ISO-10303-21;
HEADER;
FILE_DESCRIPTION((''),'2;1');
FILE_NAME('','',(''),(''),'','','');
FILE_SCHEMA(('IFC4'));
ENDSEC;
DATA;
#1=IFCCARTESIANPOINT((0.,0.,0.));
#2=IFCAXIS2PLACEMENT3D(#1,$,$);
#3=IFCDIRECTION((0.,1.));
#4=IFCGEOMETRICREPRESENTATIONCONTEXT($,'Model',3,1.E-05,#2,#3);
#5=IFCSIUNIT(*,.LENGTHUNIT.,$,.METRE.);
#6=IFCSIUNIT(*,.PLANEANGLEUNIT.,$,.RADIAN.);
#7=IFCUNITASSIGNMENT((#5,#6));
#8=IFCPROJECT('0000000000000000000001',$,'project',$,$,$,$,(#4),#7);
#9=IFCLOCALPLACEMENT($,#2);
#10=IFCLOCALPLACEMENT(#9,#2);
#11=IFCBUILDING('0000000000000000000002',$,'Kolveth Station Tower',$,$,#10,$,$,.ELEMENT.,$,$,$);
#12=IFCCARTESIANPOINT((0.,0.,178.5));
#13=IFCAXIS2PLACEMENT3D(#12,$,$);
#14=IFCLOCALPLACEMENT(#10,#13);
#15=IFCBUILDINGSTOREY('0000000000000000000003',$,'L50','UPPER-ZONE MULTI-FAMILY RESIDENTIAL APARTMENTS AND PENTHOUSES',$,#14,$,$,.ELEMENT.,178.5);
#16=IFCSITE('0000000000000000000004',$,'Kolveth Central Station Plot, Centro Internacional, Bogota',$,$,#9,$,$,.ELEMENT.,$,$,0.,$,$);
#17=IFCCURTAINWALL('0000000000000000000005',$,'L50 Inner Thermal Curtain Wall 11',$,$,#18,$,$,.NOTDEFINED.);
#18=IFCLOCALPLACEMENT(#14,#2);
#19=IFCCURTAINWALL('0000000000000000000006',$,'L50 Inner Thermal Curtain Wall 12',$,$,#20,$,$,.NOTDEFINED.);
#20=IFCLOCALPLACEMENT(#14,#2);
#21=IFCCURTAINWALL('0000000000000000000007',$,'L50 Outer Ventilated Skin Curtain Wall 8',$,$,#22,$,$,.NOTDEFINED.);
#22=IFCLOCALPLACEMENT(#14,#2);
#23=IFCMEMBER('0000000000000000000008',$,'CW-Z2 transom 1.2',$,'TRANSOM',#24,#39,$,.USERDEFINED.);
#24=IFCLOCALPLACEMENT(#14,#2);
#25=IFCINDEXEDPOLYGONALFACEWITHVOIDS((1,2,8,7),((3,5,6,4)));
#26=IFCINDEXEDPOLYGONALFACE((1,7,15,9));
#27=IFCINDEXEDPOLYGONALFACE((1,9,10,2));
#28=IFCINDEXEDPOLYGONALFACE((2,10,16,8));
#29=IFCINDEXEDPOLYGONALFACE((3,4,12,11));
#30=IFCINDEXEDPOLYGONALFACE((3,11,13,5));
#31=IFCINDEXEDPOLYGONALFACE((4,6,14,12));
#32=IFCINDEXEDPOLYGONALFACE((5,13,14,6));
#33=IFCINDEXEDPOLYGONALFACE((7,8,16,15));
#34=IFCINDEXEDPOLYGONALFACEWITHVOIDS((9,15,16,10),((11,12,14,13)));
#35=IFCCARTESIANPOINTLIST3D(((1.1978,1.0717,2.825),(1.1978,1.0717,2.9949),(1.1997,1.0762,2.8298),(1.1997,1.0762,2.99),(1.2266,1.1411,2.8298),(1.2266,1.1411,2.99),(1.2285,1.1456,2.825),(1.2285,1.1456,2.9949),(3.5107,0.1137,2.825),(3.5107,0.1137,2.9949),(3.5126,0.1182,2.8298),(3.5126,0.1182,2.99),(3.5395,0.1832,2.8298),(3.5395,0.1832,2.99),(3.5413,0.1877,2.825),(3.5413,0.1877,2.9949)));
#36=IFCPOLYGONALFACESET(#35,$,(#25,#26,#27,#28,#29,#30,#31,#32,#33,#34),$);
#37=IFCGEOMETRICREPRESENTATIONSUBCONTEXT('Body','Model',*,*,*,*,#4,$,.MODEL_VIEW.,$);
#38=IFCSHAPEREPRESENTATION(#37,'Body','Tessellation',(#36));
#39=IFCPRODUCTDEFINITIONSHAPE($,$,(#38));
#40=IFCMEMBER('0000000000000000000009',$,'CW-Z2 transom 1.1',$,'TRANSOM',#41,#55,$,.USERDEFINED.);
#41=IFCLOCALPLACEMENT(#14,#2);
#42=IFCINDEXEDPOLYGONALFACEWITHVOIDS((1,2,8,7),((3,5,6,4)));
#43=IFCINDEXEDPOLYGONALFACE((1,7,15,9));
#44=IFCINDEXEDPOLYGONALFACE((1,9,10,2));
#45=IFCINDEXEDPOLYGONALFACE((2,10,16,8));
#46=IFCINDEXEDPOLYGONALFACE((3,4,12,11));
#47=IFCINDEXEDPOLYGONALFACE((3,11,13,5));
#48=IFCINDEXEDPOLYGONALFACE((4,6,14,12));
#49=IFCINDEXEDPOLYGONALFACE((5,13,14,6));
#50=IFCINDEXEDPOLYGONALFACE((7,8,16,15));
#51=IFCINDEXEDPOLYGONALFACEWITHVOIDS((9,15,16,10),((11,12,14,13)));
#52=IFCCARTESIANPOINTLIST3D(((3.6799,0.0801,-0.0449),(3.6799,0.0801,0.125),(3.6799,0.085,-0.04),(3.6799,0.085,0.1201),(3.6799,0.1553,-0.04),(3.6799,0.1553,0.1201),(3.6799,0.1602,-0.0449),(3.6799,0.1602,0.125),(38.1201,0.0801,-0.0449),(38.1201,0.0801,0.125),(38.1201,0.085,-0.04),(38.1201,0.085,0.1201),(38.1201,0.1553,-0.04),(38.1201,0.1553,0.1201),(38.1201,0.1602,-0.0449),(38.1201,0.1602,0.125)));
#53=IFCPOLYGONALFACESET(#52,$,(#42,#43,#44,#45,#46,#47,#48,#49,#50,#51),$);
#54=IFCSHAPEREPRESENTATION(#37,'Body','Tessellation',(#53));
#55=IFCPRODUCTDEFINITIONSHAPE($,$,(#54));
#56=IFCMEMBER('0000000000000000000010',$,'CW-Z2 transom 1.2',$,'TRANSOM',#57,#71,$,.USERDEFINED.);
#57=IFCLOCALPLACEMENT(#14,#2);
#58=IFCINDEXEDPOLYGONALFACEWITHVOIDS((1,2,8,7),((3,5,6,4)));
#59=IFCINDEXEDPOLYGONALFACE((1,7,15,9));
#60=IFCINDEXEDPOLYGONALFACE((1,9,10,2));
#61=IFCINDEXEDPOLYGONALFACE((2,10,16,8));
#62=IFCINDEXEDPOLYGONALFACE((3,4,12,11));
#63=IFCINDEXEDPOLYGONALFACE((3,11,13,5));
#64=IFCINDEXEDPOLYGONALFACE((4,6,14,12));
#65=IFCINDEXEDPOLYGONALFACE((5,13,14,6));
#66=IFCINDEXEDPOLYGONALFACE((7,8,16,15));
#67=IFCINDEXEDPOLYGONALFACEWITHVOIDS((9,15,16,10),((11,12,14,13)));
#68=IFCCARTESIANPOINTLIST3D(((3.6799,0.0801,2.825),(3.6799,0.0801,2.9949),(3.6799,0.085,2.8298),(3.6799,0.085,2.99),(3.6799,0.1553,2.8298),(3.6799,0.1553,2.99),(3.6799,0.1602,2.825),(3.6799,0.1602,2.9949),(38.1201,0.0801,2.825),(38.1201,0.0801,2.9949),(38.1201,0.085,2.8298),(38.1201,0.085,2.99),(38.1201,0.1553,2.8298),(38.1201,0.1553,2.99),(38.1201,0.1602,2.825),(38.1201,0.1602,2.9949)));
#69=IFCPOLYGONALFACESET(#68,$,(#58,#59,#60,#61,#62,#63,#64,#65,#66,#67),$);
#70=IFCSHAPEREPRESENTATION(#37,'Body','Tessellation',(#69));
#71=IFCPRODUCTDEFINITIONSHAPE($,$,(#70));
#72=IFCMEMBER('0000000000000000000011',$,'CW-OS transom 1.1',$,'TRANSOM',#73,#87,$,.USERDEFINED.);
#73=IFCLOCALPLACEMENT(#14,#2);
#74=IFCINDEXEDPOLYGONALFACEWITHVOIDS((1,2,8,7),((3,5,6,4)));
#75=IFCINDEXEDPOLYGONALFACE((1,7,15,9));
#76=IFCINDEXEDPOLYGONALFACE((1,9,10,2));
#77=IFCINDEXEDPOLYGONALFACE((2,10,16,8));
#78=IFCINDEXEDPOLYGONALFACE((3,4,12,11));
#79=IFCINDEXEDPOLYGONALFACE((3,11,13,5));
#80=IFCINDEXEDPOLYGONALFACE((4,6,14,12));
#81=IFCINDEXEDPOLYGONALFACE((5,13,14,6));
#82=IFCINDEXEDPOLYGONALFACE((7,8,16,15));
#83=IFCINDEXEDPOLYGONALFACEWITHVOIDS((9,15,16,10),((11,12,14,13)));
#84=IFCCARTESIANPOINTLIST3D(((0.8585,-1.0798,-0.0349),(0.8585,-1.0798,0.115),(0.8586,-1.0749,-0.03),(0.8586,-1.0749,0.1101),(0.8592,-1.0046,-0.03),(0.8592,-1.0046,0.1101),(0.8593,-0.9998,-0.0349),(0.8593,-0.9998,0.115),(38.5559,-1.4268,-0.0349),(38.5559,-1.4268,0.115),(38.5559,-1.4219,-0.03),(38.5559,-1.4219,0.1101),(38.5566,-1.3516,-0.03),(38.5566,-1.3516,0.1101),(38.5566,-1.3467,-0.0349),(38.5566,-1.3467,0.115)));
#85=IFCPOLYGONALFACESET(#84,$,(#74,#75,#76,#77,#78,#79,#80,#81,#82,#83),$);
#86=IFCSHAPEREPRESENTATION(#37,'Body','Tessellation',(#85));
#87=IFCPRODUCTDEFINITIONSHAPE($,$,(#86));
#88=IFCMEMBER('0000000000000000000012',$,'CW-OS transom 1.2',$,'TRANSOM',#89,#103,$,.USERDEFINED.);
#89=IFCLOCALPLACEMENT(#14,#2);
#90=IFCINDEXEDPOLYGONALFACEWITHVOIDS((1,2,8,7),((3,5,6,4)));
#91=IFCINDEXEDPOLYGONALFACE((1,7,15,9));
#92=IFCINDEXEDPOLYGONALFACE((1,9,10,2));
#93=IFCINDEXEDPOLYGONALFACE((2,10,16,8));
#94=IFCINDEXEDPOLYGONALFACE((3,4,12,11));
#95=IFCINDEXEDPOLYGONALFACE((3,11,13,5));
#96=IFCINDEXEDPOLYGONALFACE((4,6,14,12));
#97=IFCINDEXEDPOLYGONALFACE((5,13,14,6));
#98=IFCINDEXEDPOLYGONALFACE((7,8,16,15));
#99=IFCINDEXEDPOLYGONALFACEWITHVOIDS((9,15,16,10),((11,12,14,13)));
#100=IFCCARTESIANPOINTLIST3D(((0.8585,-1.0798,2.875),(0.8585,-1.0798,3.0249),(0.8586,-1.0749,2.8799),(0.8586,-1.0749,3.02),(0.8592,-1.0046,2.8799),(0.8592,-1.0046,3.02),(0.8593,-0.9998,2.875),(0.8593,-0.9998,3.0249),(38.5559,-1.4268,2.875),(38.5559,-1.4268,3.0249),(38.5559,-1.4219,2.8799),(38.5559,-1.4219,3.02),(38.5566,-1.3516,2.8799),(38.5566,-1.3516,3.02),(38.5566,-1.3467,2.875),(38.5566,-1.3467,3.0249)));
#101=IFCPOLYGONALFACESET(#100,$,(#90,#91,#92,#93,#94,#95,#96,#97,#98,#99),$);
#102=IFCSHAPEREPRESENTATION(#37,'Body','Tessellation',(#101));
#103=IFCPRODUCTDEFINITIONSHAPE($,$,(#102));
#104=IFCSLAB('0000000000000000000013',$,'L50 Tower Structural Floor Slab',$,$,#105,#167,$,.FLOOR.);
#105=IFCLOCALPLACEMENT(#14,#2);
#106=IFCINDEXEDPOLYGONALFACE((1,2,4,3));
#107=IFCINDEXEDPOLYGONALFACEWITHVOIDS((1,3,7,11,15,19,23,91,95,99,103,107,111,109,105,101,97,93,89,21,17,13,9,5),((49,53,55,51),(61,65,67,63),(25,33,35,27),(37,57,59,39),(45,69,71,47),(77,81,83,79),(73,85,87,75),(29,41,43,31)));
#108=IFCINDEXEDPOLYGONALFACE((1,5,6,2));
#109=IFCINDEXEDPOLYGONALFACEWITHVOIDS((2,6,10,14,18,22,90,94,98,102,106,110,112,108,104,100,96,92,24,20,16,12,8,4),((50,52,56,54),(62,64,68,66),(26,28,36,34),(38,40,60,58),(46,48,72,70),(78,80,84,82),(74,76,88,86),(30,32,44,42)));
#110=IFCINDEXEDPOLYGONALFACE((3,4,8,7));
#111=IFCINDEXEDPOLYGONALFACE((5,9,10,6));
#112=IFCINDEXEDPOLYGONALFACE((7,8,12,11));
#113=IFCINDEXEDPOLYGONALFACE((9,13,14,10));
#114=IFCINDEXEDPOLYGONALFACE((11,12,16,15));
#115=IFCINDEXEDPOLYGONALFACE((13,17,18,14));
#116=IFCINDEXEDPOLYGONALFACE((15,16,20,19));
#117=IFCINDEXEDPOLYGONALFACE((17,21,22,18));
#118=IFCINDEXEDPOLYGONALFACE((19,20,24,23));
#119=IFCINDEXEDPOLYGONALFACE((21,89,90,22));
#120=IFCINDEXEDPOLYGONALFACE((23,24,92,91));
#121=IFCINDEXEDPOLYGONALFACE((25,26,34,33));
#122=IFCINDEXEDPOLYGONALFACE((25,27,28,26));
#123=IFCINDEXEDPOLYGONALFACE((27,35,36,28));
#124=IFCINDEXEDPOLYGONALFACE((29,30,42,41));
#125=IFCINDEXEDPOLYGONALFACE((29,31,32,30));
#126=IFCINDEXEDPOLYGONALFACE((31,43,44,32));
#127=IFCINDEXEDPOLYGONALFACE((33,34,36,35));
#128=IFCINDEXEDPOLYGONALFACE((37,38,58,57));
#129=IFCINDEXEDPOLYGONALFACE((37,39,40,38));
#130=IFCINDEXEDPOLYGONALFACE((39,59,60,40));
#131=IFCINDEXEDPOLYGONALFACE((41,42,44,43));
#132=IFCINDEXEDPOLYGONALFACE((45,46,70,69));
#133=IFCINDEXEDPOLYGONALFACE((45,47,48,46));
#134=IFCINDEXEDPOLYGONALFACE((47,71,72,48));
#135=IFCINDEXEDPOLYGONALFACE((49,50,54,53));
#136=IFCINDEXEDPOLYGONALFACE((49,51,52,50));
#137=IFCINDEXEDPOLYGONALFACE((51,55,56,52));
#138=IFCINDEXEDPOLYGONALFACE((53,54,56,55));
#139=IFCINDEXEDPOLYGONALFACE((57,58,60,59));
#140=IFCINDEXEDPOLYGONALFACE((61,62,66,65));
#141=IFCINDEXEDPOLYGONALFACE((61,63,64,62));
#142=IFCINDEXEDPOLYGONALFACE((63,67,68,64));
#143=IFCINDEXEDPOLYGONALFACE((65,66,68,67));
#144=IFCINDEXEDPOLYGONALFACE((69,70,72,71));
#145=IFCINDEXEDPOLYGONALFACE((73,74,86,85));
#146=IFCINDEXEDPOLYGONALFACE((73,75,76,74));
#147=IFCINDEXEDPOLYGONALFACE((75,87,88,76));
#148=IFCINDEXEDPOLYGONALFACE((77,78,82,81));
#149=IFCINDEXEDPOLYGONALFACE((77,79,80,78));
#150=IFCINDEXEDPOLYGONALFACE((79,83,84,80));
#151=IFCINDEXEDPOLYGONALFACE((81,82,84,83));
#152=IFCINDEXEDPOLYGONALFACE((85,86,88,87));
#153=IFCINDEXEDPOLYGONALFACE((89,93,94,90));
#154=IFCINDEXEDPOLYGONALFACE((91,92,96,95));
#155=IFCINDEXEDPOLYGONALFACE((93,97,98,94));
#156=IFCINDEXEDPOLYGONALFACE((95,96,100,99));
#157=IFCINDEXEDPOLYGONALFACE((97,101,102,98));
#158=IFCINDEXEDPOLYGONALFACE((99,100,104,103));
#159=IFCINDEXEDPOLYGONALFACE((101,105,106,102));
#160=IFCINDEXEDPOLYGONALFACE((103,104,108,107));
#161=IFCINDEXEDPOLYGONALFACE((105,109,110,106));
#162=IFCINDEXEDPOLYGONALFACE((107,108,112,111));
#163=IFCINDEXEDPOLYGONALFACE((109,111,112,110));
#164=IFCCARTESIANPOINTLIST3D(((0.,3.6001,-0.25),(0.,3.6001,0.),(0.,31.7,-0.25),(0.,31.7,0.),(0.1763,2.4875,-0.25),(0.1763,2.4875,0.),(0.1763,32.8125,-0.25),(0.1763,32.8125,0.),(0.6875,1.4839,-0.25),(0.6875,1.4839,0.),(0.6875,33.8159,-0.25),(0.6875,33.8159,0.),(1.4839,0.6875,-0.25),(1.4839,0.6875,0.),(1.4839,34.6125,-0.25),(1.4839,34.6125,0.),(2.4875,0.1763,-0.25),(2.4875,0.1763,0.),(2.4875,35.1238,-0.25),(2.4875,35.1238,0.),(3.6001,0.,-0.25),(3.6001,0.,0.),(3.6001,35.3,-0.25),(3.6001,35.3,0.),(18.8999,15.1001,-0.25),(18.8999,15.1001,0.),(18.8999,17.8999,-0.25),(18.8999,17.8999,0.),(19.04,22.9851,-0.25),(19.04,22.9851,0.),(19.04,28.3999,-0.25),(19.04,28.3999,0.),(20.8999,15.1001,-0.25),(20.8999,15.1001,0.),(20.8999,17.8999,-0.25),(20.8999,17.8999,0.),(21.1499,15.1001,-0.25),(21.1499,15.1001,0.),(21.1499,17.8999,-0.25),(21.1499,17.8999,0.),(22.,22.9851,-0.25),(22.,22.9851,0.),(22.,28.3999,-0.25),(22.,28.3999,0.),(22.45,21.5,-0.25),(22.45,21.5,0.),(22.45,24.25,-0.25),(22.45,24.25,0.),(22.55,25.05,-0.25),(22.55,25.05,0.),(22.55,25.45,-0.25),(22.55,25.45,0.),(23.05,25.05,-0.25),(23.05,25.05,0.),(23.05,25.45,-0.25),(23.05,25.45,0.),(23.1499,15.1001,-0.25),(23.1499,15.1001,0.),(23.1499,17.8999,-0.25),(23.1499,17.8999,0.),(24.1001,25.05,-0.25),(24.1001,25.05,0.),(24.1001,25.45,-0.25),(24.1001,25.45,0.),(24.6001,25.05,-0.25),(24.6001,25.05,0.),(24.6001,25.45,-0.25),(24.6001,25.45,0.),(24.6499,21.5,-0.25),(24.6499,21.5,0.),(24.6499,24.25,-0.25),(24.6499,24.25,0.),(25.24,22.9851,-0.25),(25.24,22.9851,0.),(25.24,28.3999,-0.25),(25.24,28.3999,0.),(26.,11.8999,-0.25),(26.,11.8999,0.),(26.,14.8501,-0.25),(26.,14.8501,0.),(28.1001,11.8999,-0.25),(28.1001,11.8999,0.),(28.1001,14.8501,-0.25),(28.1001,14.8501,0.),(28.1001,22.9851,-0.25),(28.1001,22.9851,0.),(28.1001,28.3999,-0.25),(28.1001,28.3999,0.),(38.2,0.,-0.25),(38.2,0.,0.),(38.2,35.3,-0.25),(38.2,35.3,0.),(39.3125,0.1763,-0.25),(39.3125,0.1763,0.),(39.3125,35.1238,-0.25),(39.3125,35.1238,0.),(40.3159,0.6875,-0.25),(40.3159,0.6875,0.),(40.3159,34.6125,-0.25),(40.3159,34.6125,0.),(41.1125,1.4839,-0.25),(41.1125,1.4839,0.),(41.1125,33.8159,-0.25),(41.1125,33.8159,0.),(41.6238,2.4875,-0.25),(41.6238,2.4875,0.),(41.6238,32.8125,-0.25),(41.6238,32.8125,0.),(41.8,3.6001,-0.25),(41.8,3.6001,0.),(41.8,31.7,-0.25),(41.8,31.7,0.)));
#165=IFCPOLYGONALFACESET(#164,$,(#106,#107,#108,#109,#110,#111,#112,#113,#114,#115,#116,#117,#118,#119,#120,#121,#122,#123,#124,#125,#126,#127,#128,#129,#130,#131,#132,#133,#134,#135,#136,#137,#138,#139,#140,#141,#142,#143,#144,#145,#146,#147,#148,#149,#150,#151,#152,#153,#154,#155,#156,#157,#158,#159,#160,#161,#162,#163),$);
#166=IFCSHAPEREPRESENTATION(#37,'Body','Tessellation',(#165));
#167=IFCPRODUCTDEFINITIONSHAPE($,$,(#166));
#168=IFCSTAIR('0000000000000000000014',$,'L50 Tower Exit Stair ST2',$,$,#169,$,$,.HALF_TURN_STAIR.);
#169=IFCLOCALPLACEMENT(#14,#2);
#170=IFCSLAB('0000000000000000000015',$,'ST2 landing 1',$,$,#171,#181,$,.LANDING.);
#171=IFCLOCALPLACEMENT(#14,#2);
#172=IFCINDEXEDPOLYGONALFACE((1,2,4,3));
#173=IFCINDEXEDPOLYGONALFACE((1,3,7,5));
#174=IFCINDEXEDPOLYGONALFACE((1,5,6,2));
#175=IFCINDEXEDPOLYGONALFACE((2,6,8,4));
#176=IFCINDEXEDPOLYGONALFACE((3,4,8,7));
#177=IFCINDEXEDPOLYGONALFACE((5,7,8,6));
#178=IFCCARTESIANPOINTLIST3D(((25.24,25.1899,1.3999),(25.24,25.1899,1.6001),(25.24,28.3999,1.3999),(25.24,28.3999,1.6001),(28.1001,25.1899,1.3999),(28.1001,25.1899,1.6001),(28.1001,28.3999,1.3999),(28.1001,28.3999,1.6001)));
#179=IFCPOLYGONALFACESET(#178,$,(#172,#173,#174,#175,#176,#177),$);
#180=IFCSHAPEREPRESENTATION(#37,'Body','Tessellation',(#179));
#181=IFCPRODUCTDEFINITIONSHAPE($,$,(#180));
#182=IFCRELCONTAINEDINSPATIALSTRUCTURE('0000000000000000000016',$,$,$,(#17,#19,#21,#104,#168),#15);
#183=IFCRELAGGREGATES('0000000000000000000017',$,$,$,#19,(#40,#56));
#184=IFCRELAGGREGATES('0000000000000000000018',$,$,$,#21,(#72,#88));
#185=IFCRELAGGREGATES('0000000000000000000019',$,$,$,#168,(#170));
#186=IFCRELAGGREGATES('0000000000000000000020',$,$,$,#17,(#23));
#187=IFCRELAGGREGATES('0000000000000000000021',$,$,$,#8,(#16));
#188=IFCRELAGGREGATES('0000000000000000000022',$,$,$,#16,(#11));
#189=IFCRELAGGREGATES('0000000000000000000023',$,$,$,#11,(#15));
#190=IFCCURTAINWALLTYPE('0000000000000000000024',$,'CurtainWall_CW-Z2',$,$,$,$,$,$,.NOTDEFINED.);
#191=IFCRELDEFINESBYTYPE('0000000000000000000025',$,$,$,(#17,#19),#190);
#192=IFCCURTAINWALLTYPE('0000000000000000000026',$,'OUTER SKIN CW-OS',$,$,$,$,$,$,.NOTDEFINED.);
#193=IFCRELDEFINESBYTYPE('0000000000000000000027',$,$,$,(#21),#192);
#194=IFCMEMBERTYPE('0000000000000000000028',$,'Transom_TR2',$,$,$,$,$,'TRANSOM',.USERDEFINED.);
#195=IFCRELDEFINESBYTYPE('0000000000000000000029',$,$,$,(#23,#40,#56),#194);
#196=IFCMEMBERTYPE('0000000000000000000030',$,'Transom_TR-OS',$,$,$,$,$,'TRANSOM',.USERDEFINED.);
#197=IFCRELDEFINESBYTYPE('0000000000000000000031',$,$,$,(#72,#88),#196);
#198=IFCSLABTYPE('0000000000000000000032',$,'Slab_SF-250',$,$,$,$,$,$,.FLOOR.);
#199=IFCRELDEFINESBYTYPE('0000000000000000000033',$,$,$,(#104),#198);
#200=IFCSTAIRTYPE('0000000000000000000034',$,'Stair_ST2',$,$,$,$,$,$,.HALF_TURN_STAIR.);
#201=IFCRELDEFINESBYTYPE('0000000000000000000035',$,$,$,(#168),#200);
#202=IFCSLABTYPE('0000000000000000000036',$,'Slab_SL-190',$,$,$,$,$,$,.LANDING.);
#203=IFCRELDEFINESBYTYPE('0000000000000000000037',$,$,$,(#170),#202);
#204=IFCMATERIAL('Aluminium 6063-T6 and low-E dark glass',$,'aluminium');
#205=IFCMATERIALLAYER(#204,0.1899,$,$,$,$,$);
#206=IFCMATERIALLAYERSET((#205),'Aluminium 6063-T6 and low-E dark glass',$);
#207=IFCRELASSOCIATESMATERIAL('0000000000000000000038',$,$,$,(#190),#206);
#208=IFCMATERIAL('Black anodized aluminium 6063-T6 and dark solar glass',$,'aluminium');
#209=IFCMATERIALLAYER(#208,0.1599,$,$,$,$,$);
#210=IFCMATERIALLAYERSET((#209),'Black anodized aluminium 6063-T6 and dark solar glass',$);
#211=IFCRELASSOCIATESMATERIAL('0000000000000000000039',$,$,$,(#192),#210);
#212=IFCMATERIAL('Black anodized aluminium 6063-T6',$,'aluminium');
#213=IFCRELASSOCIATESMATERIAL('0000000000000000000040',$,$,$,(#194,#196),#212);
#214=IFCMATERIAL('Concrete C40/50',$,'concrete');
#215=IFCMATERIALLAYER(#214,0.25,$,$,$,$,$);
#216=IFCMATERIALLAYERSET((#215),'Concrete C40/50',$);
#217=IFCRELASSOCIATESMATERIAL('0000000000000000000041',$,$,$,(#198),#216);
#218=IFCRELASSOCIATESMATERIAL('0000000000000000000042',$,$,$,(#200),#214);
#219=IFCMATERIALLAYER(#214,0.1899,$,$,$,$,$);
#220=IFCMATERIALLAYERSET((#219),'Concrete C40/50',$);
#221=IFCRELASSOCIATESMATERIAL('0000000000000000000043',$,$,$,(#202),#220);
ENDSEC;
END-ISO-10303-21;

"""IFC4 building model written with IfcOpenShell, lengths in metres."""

from ifc_helpers import new_model, si_unit, direction, frame, origin, origin_2d, place, context, subcontext, project, spatial, polyline, hollow_rectangle, outline, extrude, source, transform, mapped, material, layer, layer_set, material_profile, profile_set, type_object, element, aggregate, save


model = new_model("IFC4")

# Units and contexts
model_context = context("Model", 3, precision=1e-05, world=origin(), true_north=direction((0.0, 1.0)))
body_context = subcontext(model_context, "Body", "Model", "MODEL_VIEW")
ifc_project = project(units=[si_unit("LENGTHUNIT", "METRE"), si_unit("PLANEANGLEUNIT", "RADIAN")], contexts=[model_context])

# Site, building, storey
site_placement = place(None, origin())
site = spatial("IfcSite", under=ifc_project, at=site_placement, Name="Kolveth Central Station Plot, Centro Internacional, Bogota", CompositionType="ELEMENT", RefElevation=0.0)
building_placement = place(site_placement, origin())
building = spatial("IfcBuilding", under=site, at=building_placement, Name="Kolveth Station Tower", CompositionType="ELEMENT")
storey_placement = place(building_placement, frame((0.0, 0.0, 178.5)))
storey = spatial("IfcBuildingStorey", under=building, at=storey_placement, Name="L50", Description="UPPER-ZONE MULTI-FAMILY RESIDENTIAL APARTMENTS AND PENTHOUSES", CompositionType="ELEMENT", Elevation=178.5)

# Shared definitions
ifc_material_1 = material(Name="Aluminium 6063-T6 and low-E dark glass", Category="aluminium")
ifc_layer_1 = layer(ifc_material_1, 0.1899)
ifc_layer_set_1 = layer_set([ifc_layer_1], Name="Aluminium 6063-T6 and low-E dark glass")
curtain_wall_type_1 = type_object("IfcCurtainWallType", Name="CurtainWall_CW-Z2", PredefinedType="NOTDEFINED", material=ifc_layer_set_1)
ifc_material_2 = material(Name="Black anodized aluminium 6063-T6", Category="aluminium")

# Curtain wall
curtain_wall_1_placement = place(storey_placement, origin())
curtain_wall_1 = element("IfcCurtainWall", 1, at=curtain_wall_1_placement, inside=storey, type_object=curtain_wall_type_1, Name="L50 Inner Thermal Curtain Wall 11", PredefinedType="NOTDEFINED")

# Curtain walls
curtain_wall_2_placement = place(storey_placement, origin())
curtain_wall_2 = element("IfcCurtainWall", 2, at=curtain_wall_2_placement, inside=storey, type_object=curtain_wall_type_1, Name="L50 Inner Thermal Curtain Wall 12", PredefinedType="NOTDEFINED")
ifc_material_3 = material(Name="Black anodized aluminium 6063-T6 and dark solar glass", Category="aluminium")
ifc_layer_2 = layer(ifc_material_3, 0.1599)
ifc_layer_set_2 = layer_set([ifc_layer_2], Name="Black anodized aluminium 6063-T6 and dark solar glass")
curtain_wall_type_2 = type_object("IfcCurtainWallType", Name="OUTER SKIN CW-OS", PredefinedType="NOTDEFINED", material=ifc_layer_set_2)
curtain_wall_3_placement = place(storey_placement, origin())
curtain_wall_3 = element("IfcCurtainWall", 3, at=curtain_wall_3_placement, inside=storey, type_object=curtain_wall_type_2, Name="L50 Outer Ventilated Skin Curtain Wall 8", PredefinedType="NOTDEFINED")

# Members
ifc_material_profile_1 = material_profile(ifc_material_2, hollow_rectangle(XDim=0.0801, YDim=0.1699, WallThickness=0.0049, at=origin_2d()), Name="ALU-80x170x5")
ifc_profile_set_1 = profile_set([ifc_material_profile_1], Name="Black anodized aluminium 6063-T6")
member_type_1 = type_object("IfcMemberType", Name="Transom_TR2", ElementType="TRANSOM", PredefinedType="USERDEFINED", material=ifc_profile_set_1)
shared_shape_1 = source(origin(), body_context, "Body", "SweptSolid", [
    extrude(hollow_rectangle(XDim=0.0801, YDim=0.1699, WallThickness=0.0049, at=origin_2d()), origin(), (0.0, 0.0, 1.0), 2.5034),
])
member_1_placement = place(storey_placement, frame((1.2131, 1.1086, 2.9099), z_axis=(0.923888, -0.382662, 0.0), x_axis=(0.382662, 0.923888, 0.0)))
member_1 = element("IfcMember", 4, at=member_1_placement, type_object=member_type_1, Name="CW-Z2 transom 1.2", ObjectType="TRANSOM", PredefinedType="USERDEFINED", context=body_context, shape_type="MappedRepresentation", body=[
    mapped(shared_shape_1, transform((0.0, 0.0, 0.0), x_axis=(1.0, 0.0, 0.0), y_axis=(0.0, 1.0, 0.0), z_axis=(0.0, 0.0, 1.0), scale=1.0)),
])
shared_shape_2 = source(origin(), body_context, "Body", "SweptSolid", [
    extrude(hollow_rectangle(XDim=0.0801, YDim=0.1699, WallThickness=0.0049, at=origin_2d()), origin(), (0.0, 0.0, 1.0), 34.4402),
])
member_2_placement = place(storey_placement, frame((3.6799, 0.1201, 0.04), z_axis=(1.0, 0.0, 0.0), x_axis=(0.0, 1.0, 0.0)))
member_2 = element("IfcMember", 5, at=member_2_placement, type_object=member_type_1, Name="CW-Z2 transom 1.1", ObjectType="TRANSOM", PredefinedType="USERDEFINED", context=body_context, shape_type="MappedRepresentation", body=[
    mapped(shared_shape_2, transform((0.0, 0.0, 0.0), x_axis=(1.0, 0.0, 0.0), y_axis=(0.0, 1.0, 0.0), z_axis=(0.0, 0.0, 1.0), scale=1.0)),
])
member_3_placement = place(storey_placement, frame((3.6799, 0.1201, 2.9099), z_axis=(1.0, 0.0, 0.0), x_axis=(0.0, 1.0, 0.0)))
member_3 = element("IfcMember", 6, at=member_3_placement, type_object=member_type_1, Name="CW-Z2 transom 1.2", ObjectType="TRANSOM", PredefinedType="USERDEFINED", context=body_context, shape_type="MappedRepresentation", body=[
    mapped(shared_shape_2, transform((0.0, 0.0, 0.0), x_axis=(1.0, 0.0, 0.0), y_axis=(0.0, 1.0, 0.0), z_axis=(0.0, 0.0, 1.0), scale=1.0)),
])
aggregate(curtain_wall_2, [member_2, member_3])
ifc_material_profile_2 = material_profile(ifc_material_2, hollow_rectangle(XDim=0.0801, YDim=0.1499, WallThickness=0.0049, at=origin_2d()), Name="ALU-80x150x5")
ifc_profile_set_2 = profile_set([ifc_material_profile_2], Name="Black anodized aluminium 6063-T6")
member_type_2 = type_object("IfcMemberType", Name="Transom_TR-OS", ElementType="TRANSOM", PredefinedType="USERDEFINED", material=ifc_profile_set_2)
shared_shape_3 = source(origin(), body_context, "Body", "SweptSolid", [
    extrude(hollow_rectangle(XDim=0.0801, YDim=0.1499, WallThickness=0.0049, at=origin_2d()), origin(), (0.0, 0.0, 1.0), 37.699),
])
member_4_placement = place(storey_placement, frame((0.8589, -1.0398, 0.04), z_axis=(0.999958, -0.009203, 0.0), x_axis=(0.009203, 0.999958, 0.0)))
member_4 = element("IfcMember", 7, at=member_4_placement, type_object=member_type_2, Name="CW-OS transom 1.1", ObjectType="TRANSOM", PredefinedType="USERDEFINED", context=body_context, shape_type="MappedRepresentation", body=[
    mapped(shared_shape_3, transform((0.0, 0.0, 0.0), x_axis=(1.0, 0.0, 0.0), y_axis=(0.0, 1.0, 0.0), z_axis=(0.0, 0.0, 1.0), scale=1.0)),
])
member_5_placement = place(storey_placement, frame((0.8589, -1.0398, 2.95), z_axis=(0.999958, -0.009203, 0.0), x_axis=(0.009203, 0.999958, 0.0)))
member_5 = element("IfcMember", 8, at=member_5_placement, type_object=member_type_2, Name="CW-OS transom 1.2", ObjectType="TRANSOM", PredefinedType="USERDEFINED", context=body_context, shape_type="MappedRepresentation", body=[
    mapped(shared_shape_3, transform((0.0, 0.0, 0.0), x_axis=(1.0, 0.0, 0.0), y_axis=(0.0, 1.0, 0.0), z_axis=(0.0, 0.0, 1.0), scale=1.0)),
])
aggregate(curtain_wall_3, [member_4, member_5])

# Slab
ifc_material_4 = material(Name="Concrete C40/50", Category="concrete")
ifc_layer_3 = layer(ifc_material_4, 0.25)
ifc_layer_set_3 = layer_set([ifc_layer_3], Name="Concrete C40/50")
slab_type_1 = type_object("IfcSlabType", Name="Slab_SF-250", PredefinedType="FLOOR", material=ifc_layer_set_3)
slab_1_placement = place(storey_placement, frame((0.0, 0.0, -0.25)))
element("IfcSlab", 9, at=slab_1_placement, inside=storey, type_object=slab_type_1, Name="L50 Tower Structural Floor Slab", PredefinedType="FLOOR", context=body_context, shape_type="SweptSolid", body=[
    extrude(outline(polyline([(38.2, 0.0), (39.3125, 0.1763), (40.3159, 0.6875), (41.1125, 1.4839), (41.6238, 2.4875), (41.8, 3.6001), (41.8, 31.7), (41.6238, 32.8125), (41.1125, 33.8159), (40.3159, 34.6125), (39.3125, 35.1238), (38.2, 35.3), (3.6001, 35.3), (2.4875, 35.1238), (1.4839, 34.6125), (0.6875, 33.8159), (0.1763, 32.8125), (0.0, 31.7), (0.0, 3.6001), (0.1763, 2.4875), (0.6875, 1.4839), (1.4839, 0.6875), (2.4875, 0.1763), (3.6001, 0.0), (38.2, 0.0)]), holes=[polyline([(19.04, 22.9851), (22.0, 22.9851), (22.0, 28.3999), (19.04, 28.3999), (19.04, 22.9851)]), polyline([(25.24, 22.9851), (28.1001, 22.9851), (28.1001, 28.3999), (25.24, 28.3999), (25.24, 22.9851)]), polyline([(18.8999, 15.1001), (20.8999, 15.1001), (20.8999, 17.8999), (18.8999, 17.8999), (18.8999, 15.1001)]), polyline([(21.1499, 15.1001), (23.1499, 15.1001), (23.1499, 17.8999), (21.1499, 17.8999), (21.1499, 15.1001)]), polyline([(22.45, 21.5), (24.6499, 21.5), (24.6499, 24.25), (22.45, 24.25), (22.45, 21.5)]), polyline([(26.0, 11.8999), (28.1001, 11.8999), (28.1001, 14.8501), (26.0, 14.8501), (26.0, 11.8999)]), polyline([(22.55, 25.05), (23.05, 25.05), (23.05, 25.45), (22.55, 25.45), (22.55, 25.05)]), polyline([(24.1001, 25.05), (24.6001, 25.05), (24.6001, 25.45), (24.1001, 25.45), (24.1001, 25.05)])]), origin(), (0.0, 0.0, 1.0), 0.25),
])

# Stair, slab
stair_type_1 = type_object("IfcStairType", Name="Stair_ST2", PredefinedType="HALF_TURN_STAIR", material=ifc_material_4)
stair_1_placement = place(storey_placement, origin())
stair_1 = element("IfcStair", 10, at=stair_1_placement, inside=storey, type_object=stair_type_1, Name="L50 Tower Exit Stair ST2", PredefinedType="HALF_TURN_STAIR")
ifc_layer_4 = layer(ifc_material_4, 0.1899)
ifc_layer_set_4 = layer_set([ifc_layer_4], Name="Concrete C40/50")
slab_type_2 = type_object("IfcSlabType", Name="Slab_SL-190", PredefinedType="LANDING", material=ifc_layer_set_4)
slab_2_placement = place(storey_placement, frame((0.0, 0.0, 1.3999)))
slab_2 = element("IfcSlab", 11, at=slab_2_placement, type_object=slab_type_2, Name="ST2 landing 1", PredefinedType="LANDING", context=body_context, shape_type="SweptSolid", body=[
    extrude(outline(polyline([(28.1001, 25.1899), (28.1001, 28.3999), (25.24, 28.3999), (25.24, 25.1899), (28.1001, 25.1899)])), origin(), (0.0, 0.0, 1.0), 0.2002),
])
aggregate(stair_1, [slab_2])

aggregate(curtain_wall_1, [member_1])

save(model, "model.ifc")
